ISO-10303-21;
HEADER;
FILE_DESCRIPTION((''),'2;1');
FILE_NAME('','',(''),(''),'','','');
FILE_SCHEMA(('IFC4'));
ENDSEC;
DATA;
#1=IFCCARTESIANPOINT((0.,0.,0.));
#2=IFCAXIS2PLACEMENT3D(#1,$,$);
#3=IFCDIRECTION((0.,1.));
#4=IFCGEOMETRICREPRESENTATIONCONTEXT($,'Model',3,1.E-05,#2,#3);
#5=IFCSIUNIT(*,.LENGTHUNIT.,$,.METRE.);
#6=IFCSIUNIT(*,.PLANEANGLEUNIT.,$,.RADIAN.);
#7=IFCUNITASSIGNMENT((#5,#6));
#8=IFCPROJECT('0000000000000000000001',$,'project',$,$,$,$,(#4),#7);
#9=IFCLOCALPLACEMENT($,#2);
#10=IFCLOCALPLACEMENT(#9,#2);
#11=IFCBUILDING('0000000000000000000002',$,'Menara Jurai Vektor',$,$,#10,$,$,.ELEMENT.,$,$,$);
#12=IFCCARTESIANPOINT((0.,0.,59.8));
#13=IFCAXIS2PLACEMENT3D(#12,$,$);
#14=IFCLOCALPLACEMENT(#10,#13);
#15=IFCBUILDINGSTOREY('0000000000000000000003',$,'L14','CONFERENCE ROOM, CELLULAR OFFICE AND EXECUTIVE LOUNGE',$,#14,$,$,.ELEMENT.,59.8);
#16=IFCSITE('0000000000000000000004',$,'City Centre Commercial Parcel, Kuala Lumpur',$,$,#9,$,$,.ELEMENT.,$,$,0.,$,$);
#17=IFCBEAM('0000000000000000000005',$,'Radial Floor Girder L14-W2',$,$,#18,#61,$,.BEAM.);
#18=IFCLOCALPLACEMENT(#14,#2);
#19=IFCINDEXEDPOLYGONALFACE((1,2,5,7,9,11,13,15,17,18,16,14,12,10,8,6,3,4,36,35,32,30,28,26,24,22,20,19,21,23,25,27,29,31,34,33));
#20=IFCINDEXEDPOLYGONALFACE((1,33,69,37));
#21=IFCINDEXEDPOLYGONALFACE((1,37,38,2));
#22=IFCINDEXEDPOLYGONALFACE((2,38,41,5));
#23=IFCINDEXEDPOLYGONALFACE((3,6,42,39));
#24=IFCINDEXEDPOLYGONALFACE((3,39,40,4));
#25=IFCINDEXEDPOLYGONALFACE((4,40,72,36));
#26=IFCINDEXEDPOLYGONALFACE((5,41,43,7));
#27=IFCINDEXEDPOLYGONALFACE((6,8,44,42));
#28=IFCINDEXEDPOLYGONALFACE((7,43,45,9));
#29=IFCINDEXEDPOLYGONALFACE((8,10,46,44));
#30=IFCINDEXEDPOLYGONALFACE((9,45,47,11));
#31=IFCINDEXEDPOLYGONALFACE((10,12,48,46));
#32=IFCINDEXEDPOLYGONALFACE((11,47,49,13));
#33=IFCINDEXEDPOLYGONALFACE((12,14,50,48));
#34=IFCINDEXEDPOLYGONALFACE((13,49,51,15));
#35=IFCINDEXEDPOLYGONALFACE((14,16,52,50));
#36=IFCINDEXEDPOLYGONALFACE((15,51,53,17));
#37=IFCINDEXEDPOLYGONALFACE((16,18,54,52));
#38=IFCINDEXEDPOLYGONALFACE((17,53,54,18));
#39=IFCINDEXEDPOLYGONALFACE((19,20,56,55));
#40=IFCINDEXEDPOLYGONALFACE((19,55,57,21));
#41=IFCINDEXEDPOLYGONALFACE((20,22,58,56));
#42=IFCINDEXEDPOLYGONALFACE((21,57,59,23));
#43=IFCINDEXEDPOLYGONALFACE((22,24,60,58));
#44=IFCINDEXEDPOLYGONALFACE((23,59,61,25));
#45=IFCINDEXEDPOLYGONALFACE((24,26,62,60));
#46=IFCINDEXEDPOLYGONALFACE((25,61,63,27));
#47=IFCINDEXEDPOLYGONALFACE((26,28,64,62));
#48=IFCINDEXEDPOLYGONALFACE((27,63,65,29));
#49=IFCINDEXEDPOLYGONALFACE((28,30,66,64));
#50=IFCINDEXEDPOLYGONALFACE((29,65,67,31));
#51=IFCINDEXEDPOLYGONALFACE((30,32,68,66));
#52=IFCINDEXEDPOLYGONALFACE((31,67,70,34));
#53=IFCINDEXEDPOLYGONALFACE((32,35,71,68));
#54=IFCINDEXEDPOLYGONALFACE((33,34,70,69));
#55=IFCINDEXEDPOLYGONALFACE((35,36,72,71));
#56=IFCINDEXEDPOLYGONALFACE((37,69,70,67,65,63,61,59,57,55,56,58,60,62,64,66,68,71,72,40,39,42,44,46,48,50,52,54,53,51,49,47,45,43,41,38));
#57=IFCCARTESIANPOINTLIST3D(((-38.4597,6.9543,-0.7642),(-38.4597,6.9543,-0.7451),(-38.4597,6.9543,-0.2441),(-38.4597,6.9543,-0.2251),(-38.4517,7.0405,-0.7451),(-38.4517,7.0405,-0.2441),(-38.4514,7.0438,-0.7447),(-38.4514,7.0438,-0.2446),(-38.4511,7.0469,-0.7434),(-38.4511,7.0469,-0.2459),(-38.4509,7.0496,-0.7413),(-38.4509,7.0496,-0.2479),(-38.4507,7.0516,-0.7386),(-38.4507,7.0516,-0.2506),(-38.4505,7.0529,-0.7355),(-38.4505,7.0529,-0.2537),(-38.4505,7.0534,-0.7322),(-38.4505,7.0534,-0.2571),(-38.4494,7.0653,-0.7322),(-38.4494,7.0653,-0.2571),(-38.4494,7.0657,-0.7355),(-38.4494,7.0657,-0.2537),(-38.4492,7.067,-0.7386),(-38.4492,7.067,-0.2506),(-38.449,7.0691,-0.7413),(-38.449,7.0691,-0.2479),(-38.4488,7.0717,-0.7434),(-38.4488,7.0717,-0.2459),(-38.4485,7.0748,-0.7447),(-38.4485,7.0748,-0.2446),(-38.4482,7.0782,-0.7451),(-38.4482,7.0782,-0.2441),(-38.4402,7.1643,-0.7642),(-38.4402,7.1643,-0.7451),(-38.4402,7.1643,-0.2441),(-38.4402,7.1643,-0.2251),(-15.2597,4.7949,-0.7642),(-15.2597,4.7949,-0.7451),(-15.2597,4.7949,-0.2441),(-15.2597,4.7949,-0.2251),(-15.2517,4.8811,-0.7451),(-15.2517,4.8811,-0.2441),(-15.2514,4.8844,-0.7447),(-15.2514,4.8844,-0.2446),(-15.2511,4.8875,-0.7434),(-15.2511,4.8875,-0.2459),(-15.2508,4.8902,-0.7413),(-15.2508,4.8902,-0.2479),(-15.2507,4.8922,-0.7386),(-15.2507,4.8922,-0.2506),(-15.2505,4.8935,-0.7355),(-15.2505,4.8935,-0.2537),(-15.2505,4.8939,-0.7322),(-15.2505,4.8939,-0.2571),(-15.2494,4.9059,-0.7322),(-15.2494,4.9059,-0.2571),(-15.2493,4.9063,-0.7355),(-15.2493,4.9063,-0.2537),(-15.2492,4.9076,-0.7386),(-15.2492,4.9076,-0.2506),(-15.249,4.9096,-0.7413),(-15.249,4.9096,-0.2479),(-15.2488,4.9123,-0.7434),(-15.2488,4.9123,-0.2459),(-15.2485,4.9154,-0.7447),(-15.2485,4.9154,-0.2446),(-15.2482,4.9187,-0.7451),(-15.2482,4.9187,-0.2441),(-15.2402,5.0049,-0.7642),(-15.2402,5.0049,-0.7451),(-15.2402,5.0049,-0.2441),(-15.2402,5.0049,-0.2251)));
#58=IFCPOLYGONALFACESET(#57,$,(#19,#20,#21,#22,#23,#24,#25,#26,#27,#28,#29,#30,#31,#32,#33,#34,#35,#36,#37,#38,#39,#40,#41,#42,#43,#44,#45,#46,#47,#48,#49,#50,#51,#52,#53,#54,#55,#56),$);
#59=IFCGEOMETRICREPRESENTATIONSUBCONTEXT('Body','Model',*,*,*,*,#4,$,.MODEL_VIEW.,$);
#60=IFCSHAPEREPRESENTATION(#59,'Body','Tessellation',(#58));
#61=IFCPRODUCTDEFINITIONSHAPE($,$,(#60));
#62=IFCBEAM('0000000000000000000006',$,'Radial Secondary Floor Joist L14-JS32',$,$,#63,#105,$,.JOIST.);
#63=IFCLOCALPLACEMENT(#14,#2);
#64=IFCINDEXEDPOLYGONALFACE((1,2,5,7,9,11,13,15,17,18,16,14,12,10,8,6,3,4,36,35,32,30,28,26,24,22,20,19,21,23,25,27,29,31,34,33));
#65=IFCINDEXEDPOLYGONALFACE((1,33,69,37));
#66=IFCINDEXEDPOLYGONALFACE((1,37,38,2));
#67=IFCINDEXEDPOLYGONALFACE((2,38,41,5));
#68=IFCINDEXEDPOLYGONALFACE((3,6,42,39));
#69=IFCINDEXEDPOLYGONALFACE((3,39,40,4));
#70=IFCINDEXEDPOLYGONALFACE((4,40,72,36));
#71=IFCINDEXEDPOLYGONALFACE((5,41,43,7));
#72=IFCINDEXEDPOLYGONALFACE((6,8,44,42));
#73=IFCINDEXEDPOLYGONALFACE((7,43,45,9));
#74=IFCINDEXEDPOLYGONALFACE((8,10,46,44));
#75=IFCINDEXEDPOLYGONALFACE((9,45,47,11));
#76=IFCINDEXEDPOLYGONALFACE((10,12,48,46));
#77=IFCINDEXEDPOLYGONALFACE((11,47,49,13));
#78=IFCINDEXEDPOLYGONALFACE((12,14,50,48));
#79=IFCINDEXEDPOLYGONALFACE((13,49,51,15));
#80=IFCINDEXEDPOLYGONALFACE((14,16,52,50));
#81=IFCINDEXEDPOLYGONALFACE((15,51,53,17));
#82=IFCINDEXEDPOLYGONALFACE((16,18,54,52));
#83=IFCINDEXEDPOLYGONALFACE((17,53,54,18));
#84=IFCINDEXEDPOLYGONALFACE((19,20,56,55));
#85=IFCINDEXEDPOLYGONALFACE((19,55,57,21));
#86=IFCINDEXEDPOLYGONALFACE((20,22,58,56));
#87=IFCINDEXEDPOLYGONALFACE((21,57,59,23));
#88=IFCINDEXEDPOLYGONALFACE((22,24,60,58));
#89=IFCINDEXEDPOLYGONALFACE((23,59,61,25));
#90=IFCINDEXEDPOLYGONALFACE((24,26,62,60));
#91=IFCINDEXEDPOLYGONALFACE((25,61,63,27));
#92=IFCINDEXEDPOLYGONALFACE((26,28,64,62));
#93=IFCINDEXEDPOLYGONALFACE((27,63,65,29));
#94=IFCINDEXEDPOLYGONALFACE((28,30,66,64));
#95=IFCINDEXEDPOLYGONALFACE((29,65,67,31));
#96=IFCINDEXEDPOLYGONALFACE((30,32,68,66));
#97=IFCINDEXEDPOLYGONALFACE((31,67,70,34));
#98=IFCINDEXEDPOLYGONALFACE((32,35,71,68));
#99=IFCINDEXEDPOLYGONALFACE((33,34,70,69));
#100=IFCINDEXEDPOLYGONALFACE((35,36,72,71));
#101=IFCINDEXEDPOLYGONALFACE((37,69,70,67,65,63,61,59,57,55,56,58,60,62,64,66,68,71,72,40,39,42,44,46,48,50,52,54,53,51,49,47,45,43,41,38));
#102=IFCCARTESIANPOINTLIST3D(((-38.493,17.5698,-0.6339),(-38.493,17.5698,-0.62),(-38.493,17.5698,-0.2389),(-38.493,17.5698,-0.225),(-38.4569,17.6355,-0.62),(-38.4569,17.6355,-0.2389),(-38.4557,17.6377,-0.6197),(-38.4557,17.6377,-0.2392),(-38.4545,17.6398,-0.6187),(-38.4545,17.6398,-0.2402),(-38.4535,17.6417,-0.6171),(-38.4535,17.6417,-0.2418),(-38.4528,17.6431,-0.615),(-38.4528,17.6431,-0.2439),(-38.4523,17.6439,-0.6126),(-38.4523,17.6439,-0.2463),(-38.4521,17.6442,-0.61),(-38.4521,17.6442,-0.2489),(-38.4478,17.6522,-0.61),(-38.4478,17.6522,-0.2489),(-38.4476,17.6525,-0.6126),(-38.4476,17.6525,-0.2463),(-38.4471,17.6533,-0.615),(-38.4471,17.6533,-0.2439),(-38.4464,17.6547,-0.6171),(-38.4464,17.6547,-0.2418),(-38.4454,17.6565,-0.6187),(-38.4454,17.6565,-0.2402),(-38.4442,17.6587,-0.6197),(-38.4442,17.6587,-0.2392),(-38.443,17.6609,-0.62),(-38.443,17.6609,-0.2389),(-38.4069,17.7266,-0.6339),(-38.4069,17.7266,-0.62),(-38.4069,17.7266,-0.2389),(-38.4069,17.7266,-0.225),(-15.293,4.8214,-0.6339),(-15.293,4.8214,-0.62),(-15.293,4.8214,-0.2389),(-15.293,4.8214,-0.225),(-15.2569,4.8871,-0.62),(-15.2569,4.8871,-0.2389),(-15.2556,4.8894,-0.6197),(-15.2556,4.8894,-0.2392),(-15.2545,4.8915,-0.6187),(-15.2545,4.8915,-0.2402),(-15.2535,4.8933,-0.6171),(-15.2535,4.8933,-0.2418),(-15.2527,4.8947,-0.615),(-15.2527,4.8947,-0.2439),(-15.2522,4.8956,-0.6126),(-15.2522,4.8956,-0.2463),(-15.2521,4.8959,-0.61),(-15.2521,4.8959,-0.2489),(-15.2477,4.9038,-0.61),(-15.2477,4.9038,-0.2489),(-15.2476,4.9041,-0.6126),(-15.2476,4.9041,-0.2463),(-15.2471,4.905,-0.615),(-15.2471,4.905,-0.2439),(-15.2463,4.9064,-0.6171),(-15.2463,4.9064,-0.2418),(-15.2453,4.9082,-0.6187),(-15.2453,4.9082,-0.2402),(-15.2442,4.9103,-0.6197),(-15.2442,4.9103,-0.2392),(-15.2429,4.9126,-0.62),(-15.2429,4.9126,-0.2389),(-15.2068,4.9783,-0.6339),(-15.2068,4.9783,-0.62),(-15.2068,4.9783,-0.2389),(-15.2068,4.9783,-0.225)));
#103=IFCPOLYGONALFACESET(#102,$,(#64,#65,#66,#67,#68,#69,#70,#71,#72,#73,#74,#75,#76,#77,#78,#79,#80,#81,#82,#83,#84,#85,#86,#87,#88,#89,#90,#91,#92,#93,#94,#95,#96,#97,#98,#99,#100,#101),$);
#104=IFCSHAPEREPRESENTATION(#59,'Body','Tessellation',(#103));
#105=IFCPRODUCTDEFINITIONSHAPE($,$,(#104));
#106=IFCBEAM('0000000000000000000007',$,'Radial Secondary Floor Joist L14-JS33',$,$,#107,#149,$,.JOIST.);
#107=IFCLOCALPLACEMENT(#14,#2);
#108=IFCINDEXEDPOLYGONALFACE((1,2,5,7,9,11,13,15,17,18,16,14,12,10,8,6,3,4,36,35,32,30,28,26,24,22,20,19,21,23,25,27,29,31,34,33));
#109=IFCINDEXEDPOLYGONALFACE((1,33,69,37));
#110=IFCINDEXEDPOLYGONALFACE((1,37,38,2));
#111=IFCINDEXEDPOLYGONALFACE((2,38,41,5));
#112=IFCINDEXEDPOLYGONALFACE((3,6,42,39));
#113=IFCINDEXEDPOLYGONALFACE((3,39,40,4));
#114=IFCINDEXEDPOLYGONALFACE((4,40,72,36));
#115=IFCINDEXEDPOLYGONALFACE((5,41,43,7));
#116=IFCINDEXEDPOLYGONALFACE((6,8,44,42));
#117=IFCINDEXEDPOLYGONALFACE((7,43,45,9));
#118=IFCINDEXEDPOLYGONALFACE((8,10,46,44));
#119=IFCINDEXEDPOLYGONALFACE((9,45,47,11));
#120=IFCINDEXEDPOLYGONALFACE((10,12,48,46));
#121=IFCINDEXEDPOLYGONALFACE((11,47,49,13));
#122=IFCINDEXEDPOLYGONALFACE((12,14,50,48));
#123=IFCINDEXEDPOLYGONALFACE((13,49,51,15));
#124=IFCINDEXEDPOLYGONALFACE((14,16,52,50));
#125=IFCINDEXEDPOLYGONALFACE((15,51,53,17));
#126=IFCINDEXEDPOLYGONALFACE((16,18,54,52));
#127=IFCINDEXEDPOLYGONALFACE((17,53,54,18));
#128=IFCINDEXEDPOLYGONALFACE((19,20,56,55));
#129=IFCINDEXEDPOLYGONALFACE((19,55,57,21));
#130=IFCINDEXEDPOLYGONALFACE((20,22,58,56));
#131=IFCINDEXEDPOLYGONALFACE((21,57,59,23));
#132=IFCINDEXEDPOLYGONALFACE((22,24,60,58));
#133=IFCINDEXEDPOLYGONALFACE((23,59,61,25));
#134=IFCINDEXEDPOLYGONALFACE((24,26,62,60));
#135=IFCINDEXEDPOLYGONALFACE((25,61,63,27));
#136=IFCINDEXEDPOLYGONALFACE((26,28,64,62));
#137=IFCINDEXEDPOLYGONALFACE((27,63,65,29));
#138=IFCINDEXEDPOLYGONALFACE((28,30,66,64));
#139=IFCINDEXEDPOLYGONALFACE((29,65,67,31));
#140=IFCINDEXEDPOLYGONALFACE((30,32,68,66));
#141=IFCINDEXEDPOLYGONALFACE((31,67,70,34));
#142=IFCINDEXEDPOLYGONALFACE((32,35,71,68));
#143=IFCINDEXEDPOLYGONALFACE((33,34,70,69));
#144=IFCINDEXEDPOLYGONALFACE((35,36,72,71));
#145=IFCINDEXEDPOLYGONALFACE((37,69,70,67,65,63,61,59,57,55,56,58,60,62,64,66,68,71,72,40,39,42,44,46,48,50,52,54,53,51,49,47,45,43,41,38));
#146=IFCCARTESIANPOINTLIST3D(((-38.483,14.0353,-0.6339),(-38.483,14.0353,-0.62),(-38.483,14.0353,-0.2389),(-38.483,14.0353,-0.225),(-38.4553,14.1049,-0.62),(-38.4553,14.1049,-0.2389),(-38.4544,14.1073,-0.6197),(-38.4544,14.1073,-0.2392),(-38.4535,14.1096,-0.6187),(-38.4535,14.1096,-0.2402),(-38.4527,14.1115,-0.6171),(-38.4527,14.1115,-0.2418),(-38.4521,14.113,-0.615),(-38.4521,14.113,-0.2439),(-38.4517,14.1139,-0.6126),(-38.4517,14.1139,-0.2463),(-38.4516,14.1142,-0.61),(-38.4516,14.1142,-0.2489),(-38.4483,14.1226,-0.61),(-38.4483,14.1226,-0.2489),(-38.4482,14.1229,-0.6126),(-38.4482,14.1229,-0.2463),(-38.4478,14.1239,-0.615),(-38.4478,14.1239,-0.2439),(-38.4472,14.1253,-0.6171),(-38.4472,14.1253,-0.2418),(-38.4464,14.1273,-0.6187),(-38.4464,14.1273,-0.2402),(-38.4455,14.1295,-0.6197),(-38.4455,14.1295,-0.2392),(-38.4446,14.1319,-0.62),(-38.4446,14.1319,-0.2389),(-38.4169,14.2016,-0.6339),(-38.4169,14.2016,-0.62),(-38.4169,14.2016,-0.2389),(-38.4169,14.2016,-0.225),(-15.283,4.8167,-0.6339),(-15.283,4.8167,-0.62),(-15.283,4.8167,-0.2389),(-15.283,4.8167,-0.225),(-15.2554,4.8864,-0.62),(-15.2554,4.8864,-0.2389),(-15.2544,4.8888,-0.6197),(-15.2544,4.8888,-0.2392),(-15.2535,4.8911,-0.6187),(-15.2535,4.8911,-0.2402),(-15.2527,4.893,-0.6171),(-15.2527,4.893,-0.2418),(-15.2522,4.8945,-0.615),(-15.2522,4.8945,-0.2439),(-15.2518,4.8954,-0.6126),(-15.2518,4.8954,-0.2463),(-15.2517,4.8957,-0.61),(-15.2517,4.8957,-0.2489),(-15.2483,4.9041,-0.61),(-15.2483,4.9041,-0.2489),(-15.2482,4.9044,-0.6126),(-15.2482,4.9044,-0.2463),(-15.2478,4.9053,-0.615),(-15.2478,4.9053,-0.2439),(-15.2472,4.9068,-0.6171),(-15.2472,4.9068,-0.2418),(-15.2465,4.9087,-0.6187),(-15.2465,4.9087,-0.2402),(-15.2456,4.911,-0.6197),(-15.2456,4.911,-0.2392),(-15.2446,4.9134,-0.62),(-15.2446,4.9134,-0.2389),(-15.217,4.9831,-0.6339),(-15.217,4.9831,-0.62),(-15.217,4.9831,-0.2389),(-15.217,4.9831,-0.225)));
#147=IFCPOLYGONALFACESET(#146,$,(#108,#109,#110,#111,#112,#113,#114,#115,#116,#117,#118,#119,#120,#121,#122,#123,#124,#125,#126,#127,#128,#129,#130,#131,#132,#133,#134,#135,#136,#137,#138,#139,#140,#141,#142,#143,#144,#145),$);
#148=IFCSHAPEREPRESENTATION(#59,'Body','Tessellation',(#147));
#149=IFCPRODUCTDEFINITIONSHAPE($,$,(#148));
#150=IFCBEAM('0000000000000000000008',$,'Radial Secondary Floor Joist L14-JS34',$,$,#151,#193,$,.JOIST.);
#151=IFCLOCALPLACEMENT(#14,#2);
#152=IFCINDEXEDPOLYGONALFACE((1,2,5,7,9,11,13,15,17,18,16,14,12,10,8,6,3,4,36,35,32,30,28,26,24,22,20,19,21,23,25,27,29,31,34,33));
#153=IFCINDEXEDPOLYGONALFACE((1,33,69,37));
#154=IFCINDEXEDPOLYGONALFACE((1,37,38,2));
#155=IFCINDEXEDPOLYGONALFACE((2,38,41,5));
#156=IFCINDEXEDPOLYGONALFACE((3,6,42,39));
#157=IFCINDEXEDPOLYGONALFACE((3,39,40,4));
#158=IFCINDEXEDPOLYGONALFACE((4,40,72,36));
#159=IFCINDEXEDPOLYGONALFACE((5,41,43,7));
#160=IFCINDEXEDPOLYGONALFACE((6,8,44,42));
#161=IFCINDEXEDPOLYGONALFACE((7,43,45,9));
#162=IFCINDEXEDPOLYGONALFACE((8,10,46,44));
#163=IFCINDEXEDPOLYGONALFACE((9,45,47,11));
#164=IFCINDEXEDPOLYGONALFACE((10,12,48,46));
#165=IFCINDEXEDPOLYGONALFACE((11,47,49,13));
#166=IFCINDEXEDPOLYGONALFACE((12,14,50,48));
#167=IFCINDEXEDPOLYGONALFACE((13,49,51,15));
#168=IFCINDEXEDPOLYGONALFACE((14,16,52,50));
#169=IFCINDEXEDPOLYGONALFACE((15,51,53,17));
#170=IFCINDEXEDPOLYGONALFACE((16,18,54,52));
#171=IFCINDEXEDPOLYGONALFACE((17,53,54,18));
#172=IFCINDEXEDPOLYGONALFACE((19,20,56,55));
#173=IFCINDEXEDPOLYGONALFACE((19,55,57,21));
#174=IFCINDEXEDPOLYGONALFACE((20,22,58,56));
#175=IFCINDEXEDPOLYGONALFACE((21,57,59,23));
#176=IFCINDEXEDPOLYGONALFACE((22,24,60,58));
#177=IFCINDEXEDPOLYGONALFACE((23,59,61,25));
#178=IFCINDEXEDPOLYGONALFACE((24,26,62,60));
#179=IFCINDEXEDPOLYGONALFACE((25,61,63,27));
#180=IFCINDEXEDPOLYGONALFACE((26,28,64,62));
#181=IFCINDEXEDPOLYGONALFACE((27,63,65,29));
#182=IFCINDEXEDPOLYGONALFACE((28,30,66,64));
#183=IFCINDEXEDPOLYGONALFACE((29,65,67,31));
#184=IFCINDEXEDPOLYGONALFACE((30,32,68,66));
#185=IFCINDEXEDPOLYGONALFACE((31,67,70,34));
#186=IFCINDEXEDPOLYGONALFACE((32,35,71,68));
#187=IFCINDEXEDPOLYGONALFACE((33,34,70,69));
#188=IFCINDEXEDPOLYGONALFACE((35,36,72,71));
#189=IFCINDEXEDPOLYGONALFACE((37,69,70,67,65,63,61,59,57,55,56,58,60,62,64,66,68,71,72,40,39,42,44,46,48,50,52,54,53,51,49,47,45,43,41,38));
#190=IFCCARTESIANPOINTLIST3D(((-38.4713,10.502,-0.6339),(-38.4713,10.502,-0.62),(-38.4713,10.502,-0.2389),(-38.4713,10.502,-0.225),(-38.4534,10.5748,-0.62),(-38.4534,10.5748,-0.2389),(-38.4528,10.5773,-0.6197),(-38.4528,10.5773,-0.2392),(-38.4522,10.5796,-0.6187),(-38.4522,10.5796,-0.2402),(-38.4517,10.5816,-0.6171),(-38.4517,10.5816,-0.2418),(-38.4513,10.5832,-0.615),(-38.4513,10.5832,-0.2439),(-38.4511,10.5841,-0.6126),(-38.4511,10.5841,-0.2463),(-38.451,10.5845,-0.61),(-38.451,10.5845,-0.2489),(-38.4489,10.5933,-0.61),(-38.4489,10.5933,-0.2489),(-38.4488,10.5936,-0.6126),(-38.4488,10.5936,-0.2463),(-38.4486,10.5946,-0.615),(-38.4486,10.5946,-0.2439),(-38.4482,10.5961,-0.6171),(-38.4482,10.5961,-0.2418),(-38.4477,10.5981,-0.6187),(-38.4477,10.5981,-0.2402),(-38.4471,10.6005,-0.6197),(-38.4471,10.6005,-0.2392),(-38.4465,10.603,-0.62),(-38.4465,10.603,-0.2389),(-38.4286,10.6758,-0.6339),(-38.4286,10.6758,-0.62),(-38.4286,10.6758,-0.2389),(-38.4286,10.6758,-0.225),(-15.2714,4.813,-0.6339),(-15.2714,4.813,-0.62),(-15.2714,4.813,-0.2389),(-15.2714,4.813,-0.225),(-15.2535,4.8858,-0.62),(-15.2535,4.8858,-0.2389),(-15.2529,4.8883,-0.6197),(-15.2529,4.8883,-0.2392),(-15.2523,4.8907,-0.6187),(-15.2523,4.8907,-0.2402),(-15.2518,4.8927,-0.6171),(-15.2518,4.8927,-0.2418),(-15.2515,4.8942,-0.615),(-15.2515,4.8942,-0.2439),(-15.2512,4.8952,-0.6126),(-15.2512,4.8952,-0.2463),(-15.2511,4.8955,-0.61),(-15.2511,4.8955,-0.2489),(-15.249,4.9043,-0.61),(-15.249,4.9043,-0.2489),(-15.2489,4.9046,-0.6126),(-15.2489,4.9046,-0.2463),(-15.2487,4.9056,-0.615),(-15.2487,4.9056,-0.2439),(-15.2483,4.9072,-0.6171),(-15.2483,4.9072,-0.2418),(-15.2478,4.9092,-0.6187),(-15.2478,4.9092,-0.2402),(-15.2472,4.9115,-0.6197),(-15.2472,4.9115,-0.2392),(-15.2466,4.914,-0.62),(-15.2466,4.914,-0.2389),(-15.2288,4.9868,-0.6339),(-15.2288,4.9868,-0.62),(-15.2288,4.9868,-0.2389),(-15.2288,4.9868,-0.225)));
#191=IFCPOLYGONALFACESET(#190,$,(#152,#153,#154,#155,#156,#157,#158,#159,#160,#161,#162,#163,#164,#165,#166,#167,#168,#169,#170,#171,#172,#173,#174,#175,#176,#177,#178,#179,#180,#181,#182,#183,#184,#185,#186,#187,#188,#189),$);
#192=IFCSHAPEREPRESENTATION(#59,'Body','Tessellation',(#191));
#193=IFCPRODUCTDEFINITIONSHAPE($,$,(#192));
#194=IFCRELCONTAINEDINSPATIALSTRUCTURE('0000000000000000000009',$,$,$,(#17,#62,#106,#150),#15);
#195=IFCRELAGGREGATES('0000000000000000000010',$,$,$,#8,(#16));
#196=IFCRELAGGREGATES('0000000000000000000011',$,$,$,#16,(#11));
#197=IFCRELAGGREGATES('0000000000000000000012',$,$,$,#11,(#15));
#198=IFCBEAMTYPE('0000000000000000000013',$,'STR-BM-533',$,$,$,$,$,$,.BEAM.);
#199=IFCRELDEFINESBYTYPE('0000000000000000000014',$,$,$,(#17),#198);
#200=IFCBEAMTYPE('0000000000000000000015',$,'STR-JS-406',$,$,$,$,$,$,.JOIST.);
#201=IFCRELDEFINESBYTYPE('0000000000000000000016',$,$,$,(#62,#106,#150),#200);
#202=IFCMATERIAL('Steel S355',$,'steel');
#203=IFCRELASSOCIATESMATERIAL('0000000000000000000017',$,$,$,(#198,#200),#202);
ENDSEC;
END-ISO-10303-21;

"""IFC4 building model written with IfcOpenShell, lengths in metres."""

from ifc_helpers import new_model, si_unit, direction, frame, origin, origin_2d, place, context, subcontext, project, spatial, i_section, extrude, material, material_profile, profile_set, type_object, element, save


model = new_model("IFC4")

# Units and contexts
model_context = context("Model", 3, precision=1e-05, world=origin(), true_north=direction((0.0, 1.0)))
body_context = subcontext(model_context, "Body", "Model", "MODEL_VIEW")
ifc_project = project(units=[si_unit("LENGTHUNIT", "METRE"), si_unit("PLANEANGLEUNIT", "RADIAN")], contexts=[model_context])

# Site, building, storey
site_placement = place(None, origin())
site = spatial("IfcSite", under=ifc_project, at=site_placement, Name="City Centre Commercial Parcel, Kuala Lumpur", CompositionType="ELEMENT", RefElevation=0.0)
building_placement = place(site_placement, origin())
building = spatial("IfcBuilding", under=site, at=building_placement, Name="Menara Jurai Vektor", CompositionType="ELEMENT")
storey_placement = place(building_placement, frame((0.0, 0.0, 59.8)))
storey = spatial("IfcBuildingStorey", under=building, at=storey_placement, Name="L14", Description="CONFERENCE ROOM, CELLULAR OFFICE AND EXECUTIVE LOUNGE", CompositionType="ELEMENT", Elevation=59.8)

# Beams
ifc_material_1 = material(Name="Steel S355", Category="steel")
ifc_material_profile_1 = material_profile(ifc_material_1, i_section(OverallWidth=0.2109, OverallDepth=0.5391, WebThickness=0.012, FlangeThickness=0.019, FilletRadius=0.0129, at=origin_2d()), Name="UKB 533x210x109")
ifc_profile_set_1 = profile_set([ifc_material_profile_1], Name="Steel S355")
beam_type_1 = type_object("IfcBeamType", Name="STR-BM-533", PredefinedType="BEAM", material=ifc_profile_set_1)
beam_1_placement = place(storey_placement, frame((-38.45, 7.0593, -0.4946), z_axis=(0.995696, -0.092678, 0.0), x_axis=(0.092678, 0.995696, 0.0)))
element("IfcBeam", 1, at=beam_1_placement, inside=storey, type_object=beam_type_1, Name="Radial Floor Girder L14-W2", PredefinedType="BEAM", context=body_context, shape_type="SweptSolid", body=[
    extrude(i_section(OverallWidth=0.2109, OverallDepth=0.5391, WebThickness=0.012, FlangeThickness=0.019, FilletRadius=0.0129, at=origin_2d()), origin(), (0.0, 0.0, 1.0), 23.3003),
])
ifc_material_profile_2 = material_profile(ifc_material_1, i_section(OverallWidth=0.179, OverallDepth=0.4089, WebThickness=0.009, FlangeThickness=0.0139, FilletRadius=0.01, at=origin_2d()), Name="UKB 406x178x67")
ifc_profile_set_2 = profile_set([ifc_material_profile_2], Name="Steel S355")
beam_type_2 = type_object("IfcBeamType", Name="STR-JS-406", PredefinedType="JOIST", material=ifc_profile_set_2)
beam_2_placement = place(storey_placement, frame((-38.45, 17.6482, -0.4294), z_axis=(0.876402, -0.48158, 0.0), x_axis=(0.48158, 0.876402, 0.0)))
element("IfcBeam", 2, at=beam_2_placement, inside=storey, type_object=beam_type_2, Name="Radial Secondary Floor Joist L14-JS32", PredefinedType="JOIST", context=body_context, shape_type="SweptSolid", body=[
    extrude(i_section(OverallWidth=0.179, OverallDepth=0.4089, WebThickness=0.009, FlangeThickness=0.0139, FilletRadius=0.01, at=origin_2d()), origin(), (0.0, 0.0, 1.0), 26.4719),
])
beam_3_placement = place(storey_placement, frame((-38.45, 14.1184, -0.4294), z_axis=(0.929323, -0.369267, 0.0), x_axis=(0.369267, 0.929323, 0.0)))
element("IfcBeam", 3, at=beam_3_placement, inside=storey, type_object=beam_type_2, Name="Radial Secondary Floor Joist L14-JS33", PredefinedType="JOIST", context=body_context, shape_type="SweptSolid", body=[
    extrude(i_section(OverallWidth=0.179, OverallDepth=0.4089, WebThickness=0.009, FlangeThickness=0.0139, FilletRadius=0.01, at=origin_2d()), origin(), (0.0, 0.0, 1.0), 24.9644),
])
beam_4_placement = place(storey_placement, frame((-38.45, 10.5889, -0.4294), z_axis=(0.971226, -0.238159, 0.0), x_axis=(0.238159, 0.971226, 0.0)))
element("IfcBeam", 4, at=beam_4_placement, inside=storey, type_object=beam_type_2, Name="Radial Secondary Floor Joist L14-JS34", PredefinedType="JOIST", context=body_context, shape_type="SweptSolid", body=[
    extrude(i_section(OverallWidth=0.179, OverallDepth=0.4089, WebThickness=0.009, FlangeThickness=0.0139, FilletRadius=0.01, at=origin_2d()), origin(), (0.0, 0.0, 1.0), 23.8872),
])

save(model, "model.ifc")
